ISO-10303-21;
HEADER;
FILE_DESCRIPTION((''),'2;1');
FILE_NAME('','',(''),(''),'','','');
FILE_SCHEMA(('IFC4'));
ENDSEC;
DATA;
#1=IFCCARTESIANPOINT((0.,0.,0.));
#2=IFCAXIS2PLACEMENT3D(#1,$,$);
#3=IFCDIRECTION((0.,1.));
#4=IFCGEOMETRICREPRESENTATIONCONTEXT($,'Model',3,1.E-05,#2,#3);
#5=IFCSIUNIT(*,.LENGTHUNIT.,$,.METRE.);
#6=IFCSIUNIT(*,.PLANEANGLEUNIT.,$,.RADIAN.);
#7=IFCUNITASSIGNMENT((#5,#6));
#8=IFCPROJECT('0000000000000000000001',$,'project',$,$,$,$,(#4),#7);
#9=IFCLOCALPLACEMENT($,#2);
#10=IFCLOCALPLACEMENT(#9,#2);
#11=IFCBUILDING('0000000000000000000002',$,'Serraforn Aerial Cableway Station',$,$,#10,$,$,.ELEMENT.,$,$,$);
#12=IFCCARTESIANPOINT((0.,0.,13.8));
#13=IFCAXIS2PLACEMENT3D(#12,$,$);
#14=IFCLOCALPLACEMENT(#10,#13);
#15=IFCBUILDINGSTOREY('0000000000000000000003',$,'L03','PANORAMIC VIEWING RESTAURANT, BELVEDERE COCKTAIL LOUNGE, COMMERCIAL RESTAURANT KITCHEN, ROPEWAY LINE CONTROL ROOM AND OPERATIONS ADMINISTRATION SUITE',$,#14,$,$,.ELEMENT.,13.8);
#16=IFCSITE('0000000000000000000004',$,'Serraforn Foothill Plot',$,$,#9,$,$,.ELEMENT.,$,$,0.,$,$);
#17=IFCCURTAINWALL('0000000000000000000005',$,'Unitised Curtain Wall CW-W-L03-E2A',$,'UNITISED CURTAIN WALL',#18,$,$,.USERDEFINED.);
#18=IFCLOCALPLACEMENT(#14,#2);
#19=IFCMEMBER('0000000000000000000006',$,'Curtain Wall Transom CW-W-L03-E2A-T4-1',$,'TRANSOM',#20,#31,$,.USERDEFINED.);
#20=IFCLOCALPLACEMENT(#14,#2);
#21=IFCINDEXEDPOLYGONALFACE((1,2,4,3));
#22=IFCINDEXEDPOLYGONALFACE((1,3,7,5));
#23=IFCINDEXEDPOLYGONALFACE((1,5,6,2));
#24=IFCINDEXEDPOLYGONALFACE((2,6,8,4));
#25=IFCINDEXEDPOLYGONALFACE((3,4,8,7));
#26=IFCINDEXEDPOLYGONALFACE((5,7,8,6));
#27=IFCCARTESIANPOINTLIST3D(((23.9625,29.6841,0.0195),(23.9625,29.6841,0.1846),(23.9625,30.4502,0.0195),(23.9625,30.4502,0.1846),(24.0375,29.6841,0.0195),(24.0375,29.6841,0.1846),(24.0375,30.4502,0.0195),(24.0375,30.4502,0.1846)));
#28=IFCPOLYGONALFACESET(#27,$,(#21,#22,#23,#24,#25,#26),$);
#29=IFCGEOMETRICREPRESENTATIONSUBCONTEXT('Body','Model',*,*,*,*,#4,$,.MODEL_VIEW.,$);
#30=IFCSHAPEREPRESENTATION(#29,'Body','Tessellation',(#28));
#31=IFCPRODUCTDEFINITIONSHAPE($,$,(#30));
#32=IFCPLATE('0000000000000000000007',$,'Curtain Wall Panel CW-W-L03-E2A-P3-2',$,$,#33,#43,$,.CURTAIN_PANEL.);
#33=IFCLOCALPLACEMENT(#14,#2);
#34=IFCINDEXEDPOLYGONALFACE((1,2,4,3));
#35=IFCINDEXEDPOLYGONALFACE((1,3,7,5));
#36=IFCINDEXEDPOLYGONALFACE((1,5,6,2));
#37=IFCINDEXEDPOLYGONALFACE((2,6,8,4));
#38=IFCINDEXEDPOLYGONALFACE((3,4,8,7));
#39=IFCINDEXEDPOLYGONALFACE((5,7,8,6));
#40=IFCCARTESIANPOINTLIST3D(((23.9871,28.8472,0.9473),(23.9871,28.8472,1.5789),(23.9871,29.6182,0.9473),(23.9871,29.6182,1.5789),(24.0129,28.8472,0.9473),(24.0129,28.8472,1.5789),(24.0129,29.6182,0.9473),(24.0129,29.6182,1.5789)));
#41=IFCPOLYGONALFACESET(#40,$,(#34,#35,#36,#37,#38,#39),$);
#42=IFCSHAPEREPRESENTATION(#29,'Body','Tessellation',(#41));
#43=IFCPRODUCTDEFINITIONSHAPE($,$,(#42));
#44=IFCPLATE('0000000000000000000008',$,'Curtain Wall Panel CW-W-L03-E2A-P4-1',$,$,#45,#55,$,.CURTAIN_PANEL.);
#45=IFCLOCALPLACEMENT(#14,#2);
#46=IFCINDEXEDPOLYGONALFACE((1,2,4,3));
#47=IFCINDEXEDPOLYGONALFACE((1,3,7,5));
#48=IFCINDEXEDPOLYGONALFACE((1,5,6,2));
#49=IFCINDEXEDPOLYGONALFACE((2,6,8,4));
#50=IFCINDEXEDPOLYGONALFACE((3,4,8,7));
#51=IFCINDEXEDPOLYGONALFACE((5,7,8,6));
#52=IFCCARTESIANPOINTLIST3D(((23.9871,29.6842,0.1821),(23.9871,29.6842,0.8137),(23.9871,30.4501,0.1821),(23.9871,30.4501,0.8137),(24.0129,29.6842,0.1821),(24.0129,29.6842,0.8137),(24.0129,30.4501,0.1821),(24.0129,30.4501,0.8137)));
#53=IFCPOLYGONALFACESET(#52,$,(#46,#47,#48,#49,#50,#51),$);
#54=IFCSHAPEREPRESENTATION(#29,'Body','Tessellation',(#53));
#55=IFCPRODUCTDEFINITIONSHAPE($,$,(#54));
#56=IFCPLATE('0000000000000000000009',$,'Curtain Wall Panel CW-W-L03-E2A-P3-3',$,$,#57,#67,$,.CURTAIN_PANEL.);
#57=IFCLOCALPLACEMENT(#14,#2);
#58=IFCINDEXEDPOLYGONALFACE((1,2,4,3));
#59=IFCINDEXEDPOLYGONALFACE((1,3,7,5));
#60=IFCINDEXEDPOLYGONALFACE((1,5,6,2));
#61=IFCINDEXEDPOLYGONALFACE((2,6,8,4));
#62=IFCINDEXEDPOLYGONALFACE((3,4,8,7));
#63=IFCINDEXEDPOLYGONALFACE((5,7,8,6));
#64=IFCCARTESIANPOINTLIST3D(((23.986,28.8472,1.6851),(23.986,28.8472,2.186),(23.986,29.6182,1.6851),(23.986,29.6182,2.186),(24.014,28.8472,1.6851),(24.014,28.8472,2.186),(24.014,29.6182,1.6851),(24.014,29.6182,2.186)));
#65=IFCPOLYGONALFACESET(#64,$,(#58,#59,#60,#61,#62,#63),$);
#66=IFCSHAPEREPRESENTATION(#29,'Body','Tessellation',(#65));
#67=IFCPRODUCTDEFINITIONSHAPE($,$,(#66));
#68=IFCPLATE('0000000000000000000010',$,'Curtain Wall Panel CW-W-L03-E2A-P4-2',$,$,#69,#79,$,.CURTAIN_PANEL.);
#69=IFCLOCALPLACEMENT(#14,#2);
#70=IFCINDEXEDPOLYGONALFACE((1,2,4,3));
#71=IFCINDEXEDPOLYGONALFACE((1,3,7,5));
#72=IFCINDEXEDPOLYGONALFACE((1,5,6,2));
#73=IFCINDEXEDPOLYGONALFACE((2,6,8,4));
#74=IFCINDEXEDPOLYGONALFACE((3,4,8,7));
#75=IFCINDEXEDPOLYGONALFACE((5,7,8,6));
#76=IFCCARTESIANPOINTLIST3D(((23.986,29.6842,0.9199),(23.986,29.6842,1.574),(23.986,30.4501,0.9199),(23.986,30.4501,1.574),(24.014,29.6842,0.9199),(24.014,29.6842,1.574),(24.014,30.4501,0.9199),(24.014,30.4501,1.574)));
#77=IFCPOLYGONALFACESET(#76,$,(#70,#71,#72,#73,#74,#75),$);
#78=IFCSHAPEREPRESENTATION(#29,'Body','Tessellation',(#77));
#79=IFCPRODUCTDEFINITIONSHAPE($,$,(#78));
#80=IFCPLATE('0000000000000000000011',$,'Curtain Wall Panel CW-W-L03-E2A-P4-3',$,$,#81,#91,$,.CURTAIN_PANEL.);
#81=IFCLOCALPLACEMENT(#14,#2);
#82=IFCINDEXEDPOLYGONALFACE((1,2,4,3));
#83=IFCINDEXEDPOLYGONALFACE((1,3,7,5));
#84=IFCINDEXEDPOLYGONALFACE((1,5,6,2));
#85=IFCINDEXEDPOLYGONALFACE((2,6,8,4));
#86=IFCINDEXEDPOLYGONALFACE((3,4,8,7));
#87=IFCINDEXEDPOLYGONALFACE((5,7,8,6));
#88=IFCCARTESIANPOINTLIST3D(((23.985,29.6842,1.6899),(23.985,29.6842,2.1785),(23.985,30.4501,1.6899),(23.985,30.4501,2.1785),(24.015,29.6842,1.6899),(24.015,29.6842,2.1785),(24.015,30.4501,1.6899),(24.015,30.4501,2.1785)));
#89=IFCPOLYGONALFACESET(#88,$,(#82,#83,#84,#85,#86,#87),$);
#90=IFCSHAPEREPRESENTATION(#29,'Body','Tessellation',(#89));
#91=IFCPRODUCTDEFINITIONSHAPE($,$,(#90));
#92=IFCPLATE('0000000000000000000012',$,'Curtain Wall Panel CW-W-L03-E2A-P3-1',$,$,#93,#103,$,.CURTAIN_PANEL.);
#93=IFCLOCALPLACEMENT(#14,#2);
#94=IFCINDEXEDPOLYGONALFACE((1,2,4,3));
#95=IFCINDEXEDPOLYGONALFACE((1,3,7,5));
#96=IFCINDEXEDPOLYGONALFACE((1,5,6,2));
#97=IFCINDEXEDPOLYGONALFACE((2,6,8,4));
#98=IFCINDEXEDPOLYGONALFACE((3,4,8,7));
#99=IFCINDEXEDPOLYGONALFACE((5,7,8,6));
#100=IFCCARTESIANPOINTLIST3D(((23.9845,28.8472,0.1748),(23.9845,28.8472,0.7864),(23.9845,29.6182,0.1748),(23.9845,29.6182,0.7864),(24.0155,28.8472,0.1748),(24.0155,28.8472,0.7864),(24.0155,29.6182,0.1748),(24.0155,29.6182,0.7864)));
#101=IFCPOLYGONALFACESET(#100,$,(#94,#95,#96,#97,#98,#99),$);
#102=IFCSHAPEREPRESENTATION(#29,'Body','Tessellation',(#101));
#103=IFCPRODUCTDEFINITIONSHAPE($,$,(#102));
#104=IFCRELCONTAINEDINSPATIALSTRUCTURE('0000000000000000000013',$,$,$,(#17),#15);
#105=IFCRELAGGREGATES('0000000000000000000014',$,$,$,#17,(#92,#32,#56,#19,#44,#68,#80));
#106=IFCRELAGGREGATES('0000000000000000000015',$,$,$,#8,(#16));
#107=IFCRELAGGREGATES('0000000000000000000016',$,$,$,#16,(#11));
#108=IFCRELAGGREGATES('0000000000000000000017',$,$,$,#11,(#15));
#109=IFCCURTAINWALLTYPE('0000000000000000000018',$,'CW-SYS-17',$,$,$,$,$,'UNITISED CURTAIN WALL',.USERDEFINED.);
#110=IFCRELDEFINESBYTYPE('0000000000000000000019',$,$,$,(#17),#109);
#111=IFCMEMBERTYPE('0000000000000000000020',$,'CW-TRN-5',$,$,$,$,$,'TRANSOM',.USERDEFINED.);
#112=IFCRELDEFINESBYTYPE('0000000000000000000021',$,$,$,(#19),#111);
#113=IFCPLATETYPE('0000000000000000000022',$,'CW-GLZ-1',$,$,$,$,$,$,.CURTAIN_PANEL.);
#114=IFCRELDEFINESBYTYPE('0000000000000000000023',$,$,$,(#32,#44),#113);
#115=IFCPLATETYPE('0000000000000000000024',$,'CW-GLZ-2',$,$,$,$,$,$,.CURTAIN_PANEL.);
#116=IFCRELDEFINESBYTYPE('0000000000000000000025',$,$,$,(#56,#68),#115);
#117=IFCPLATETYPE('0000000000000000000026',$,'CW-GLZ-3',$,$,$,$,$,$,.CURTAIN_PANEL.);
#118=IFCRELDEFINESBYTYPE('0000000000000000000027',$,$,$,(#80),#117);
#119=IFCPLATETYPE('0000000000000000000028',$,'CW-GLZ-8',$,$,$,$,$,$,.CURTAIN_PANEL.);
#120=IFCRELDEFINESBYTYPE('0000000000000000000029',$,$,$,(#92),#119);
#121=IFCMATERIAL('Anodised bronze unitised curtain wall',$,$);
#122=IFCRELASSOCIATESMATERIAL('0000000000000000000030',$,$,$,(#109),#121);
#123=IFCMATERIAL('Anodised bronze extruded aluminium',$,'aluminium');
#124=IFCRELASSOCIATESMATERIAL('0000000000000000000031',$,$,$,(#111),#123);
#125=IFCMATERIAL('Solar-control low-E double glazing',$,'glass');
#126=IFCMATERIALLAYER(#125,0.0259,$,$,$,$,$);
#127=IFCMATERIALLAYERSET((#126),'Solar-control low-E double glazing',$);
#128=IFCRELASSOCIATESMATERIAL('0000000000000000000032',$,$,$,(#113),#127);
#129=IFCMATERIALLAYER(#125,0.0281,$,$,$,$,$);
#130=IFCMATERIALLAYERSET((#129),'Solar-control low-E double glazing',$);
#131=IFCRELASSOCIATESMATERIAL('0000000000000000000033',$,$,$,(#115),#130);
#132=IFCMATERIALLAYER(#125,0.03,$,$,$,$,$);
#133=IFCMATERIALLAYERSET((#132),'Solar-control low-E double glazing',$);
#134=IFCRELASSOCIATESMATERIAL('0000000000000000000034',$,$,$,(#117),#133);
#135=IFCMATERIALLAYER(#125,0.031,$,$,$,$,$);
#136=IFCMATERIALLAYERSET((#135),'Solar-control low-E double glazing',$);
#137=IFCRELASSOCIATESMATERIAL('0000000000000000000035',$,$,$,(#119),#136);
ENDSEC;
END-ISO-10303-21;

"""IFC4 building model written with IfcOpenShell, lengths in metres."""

from ifc_helpers import new_model, si_unit, direction, frame, origin, origin_2d, place, context, subcontext, project, spatial, rectangle, extrude, material, layer, layer_set, material_profile, profile_set, type_object, element, aggregate, save


model = new_model("IFC4")

# Units and contexts
model_context = context("Model", 3, precision=1e-05, world=origin(), true_north=direction((0.0, 1.0)))
body_context = subcontext(model_context, "Body", "Model", "MODEL_VIEW")
ifc_project = project(units=[si_unit("LENGTHUNIT", "METRE"), si_unit("PLANEANGLEUNIT", "RADIAN")], contexts=[model_context])

# Site, building, storey
site_placement = place(None, origin())
site = spatial("IfcSite", under=ifc_project, at=site_placement, Name="Serraforn Foothill Plot", CompositionType="ELEMENT", RefElevation=0.0)
building_placement = place(site_placement, origin())
building = spatial("IfcBuilding", under=site, at=building_placement, Name="Serraforn Aerial Cableway Station", CompositionType="ELEMENT")
storey_placement = place(building_placement, frame((0.0, 0.0, 13.8)))
storey = spatial("IfcBuildingStorey", under=building, at=storey_placement, Name="L03", Description="PANORAMIC VIEWING RESTAURANT, BELVEDERE COCKTAIL LOUNGE, COMMERCIAL RESTAURANT KITCHEN, ROPEWAY LINE CONTROL ROOM AND OPERATIONS ADMINISTRATION SUITE", CompositionType="ELEMENT", Elevation=13.8)

# Curtain wall, member, plates
ifc_material_1 = material(Name="Anodised bronze unitised curtain wall")
curtain_wall_type = type_object("IfcCurtainWallType", Name="CW-SYS-17", ElementType="UNITISED CURTAIN WALL", PredefinedType="USERDEFINED", material=ifc_material_1)
curtain_wall_placement = place(storey_placement, origin())
curtain_wall = element("IfcCurtainWall", 1, at=curtain_wall_placement, inside=storey, type_object=curtain_wall_type, Name="Unitised Curtain Wall CW-W-L03-E2A", ObjectType="UNITISED CURTAIN WALL", PredefinedType="USERDEFINED")
ifc_material_2 = material(Name="Anodised bronze extruded aluminium", Category="aluminium")
ifc_material_profile_1 = material_profile(ifc_material_2, rectangle(XDim=0.075, YDim=0.165, at=origin_2d()), Name="CW TRANSOM 75x165")
ifc_profile_set_1 = profile_set([ifc_material_profile_1], Name="Anodised bronze extruded aluminium")
member_type_1 = type_object("IfcMemberType", Name="CW-TRN-5", ElementType="TRANSOM", PredefinedType="USERDEFINED", material=ifc_profile_set_1)
member_1_placement = place(storey_placement, frame((24.0, 29.6841, 0.1021), z_axis=(0.0, 1.0, 0.0), x_axis=(-1.0, 0.0, 0.0)))
member_1 = element("IfcMember", 2, at=member_1_placement, type_object=member_type_1, Name="Curtain Wall Transom CW-W-L03-E2A-T4-1", ObjectType="TRANSOM", PredefinedType="USERDEFINED", context=body_context, shape_type="SweptSolid", body=[
    extrude(rectangle(XDim=0.075, YDim=0.165, at=origin_2d()), origin(), (0.0, 0.0, 1.0), 0.7661),
])
ifc_material_3 = material(Name="Solar-control low-E double glazing", Category="glass")
ifc_layer_1 = layer(ifc_material_3, 0.0259)
ifc_layer_set_1 = layer_set([ifc_layer_1], Name="Solar-control low-E double glazing")
plate_type_1 = type_object("IfcPlateType", Name="CW-GLZ-1", PredefinedType="CURTAIN_PANEL", material=ifc_layer_set_1)
plate_1_placement = place(storey_placement, frame((24.0, 29.2327, 0.9473), z_axis=(0.0, 0.0, 1.0), x_axis=(1.0, 0.0, 0.0)))
plate_1 = element("IfcPlate", 3, at=plate_1_placement, type_object=plate_type_1, Name="Curtain Wall Panel CW-W-L03-E2A-P3-2", PredefinedType="CURTAIN_PANEL", context=body_context, shape_type="SweptSolid", body=[
    extrude(rectangle(XDim=0.0259, YDim=0.771, at=origin_2d()), origin(), (0.0, 0.0, 1.0), 0.6316),
])
plate_2_placement = place(storey_placement, frame((24.0, 30.0671, 0.1821), z_axis=(0.0, 0.0, 1.0), x_axis=(1.0, 0.0, 0.0)))
plate_2 = element("IfcPlate", 4, at=plate_2_placement, type_object=plate_type_1, Name="Curtain Wall Panel CW-W-L03-E2A-P4-1", PredefinedType="CURTAIN_PANEL", context=body_context, shape_type="SweptSolid", body=[
    extrude(rectangle(XDim=0.0259, YDim=0.7659, at=origin_2d()), origin(), (0.0, 0.0, 1.0), 0.6316),
])
ifc_layer_2 = layer(ifc_material_3, 0.0281)
ifc_layer_set_2 = layer_set([ifc_layer_2], Name="Solar-control low-E double glazing")
plate_type_2 = type_object("IfcPlateType", Name="CW-GLZ-2", PredefinedType="CURTAIN_PANEL", material=ifc_layer_set_2)
plate_3_placement = place(storey_placement, frame((24.0, 29.2327, 1.6851), z_axis=(0.0, 0.0, 1.0), x_axis=(1.0, 0.0, 0.0)))
plate_3 = element("IfcPlate", 5, at=plate_3_placement, type_object=plate_type_2, Name="Curtain Wall Panel CW-W-L03-E2A-P3-3", PredefinedType="CURTAIN_PANEL", context=body_context, shape_type="SweptSolid", body=[
    extrude(rectangle(XDim=0.0281, YDim=0.771, at=origin_2d()), origin(), (0.0, 0.0, 1.0), 0.501),
])
plate_4_placement = place(storey_placement, frame((24.0, 30.0671, 0.9199), z_axis=(0.0, 0.0, 1.0), x_axis=(1.0, 0.0, 0.0)))
plate_4 = element("IfcPlate", 6, at=plate_4_placement, type_object=plate_type_2, Name="Curtain Wall Panel CW-W-L03-E2A-P4-2", PredefinedType="CURTAIN_PANEL", context=body_context, shape_type="SweptSolid", body=[
    extrude(rectangle(XDim=0.0281, YDim=0.7659, at=origin_2d()), origin(), (0.0, 0.0, 1.0), 0.6541),
])
ifc_layer_3 = layer(ifc_material_3, 0.03)
ifc_layer_set_3 = layer_set([ifc_layer_3], Name="Solar-control low-E double glazing")
plate_type_3 = type_object("IfcPlateType", Name="CW-GLZ-3", PredefinedType="CURTAIN_PANEL", material=ifc_layer_set_3)
plate_5_placement = place(storey_placement, frame((24.0, 30.0671, 1.6899), z_axis=(0.0, 0.0, 1.0), x_axis=(1.0, 0.0, 0.0)))
plate_5 = element("IfcPlate", 7, at=plate_5_placement, type_object=plate_type_3, Name="Curtain Wall Panel CW-W-L03-E2A-P4-3", PredefinedType="CURTAIN_PANEL", context=body_context, shape_type="SweptSolid", body=[
    extrude(rectangle(XDim=0.03, YDim=0.7659, at=origin_2d()), origin(), (0.0, 0.0, 1.0), 0.4885),
])
ifc_layer_4 = layer(ifc_material_3, 0.031)
ifc_layer_set_4 = layer_set([ifc_layer_4], Name="Solar-control low-E double glazing")
plate_type_4 = type_object("IfcPlateType", Name="CW-GLZ-8", PredefinedType="CURTAIN_PANEL", material=ifc_layer_set_4)
plate_6_placement = place(storey_placement, frame((24.0, 29.2327, 0.1748), z_axis=(0.0, 0.0, 1.0), x_axis=(1.0, 0.0, 0.0)))
plate_6 = element("IfcPlate", 8, at=plate_6_placement, type_object=plate_type_4, Name="Curtain Wall Panel CW-W-L03-E2A-P3-1", PredefinedType="CURTAIN_PANEL", context=body_context, shape_type="SweptSolid", body=[
    extrude(rectangle(XDim=0.031, YDim=0.771, at=origin_2d()), origin(), (0.0, 0.0, 1.0), 0.6116),
])
aggregate(curtain_wall, [plate_6, plate_1, plate_3, member_1, plate_2, plate_4, plate_5])

save(model, "model.ifc")
